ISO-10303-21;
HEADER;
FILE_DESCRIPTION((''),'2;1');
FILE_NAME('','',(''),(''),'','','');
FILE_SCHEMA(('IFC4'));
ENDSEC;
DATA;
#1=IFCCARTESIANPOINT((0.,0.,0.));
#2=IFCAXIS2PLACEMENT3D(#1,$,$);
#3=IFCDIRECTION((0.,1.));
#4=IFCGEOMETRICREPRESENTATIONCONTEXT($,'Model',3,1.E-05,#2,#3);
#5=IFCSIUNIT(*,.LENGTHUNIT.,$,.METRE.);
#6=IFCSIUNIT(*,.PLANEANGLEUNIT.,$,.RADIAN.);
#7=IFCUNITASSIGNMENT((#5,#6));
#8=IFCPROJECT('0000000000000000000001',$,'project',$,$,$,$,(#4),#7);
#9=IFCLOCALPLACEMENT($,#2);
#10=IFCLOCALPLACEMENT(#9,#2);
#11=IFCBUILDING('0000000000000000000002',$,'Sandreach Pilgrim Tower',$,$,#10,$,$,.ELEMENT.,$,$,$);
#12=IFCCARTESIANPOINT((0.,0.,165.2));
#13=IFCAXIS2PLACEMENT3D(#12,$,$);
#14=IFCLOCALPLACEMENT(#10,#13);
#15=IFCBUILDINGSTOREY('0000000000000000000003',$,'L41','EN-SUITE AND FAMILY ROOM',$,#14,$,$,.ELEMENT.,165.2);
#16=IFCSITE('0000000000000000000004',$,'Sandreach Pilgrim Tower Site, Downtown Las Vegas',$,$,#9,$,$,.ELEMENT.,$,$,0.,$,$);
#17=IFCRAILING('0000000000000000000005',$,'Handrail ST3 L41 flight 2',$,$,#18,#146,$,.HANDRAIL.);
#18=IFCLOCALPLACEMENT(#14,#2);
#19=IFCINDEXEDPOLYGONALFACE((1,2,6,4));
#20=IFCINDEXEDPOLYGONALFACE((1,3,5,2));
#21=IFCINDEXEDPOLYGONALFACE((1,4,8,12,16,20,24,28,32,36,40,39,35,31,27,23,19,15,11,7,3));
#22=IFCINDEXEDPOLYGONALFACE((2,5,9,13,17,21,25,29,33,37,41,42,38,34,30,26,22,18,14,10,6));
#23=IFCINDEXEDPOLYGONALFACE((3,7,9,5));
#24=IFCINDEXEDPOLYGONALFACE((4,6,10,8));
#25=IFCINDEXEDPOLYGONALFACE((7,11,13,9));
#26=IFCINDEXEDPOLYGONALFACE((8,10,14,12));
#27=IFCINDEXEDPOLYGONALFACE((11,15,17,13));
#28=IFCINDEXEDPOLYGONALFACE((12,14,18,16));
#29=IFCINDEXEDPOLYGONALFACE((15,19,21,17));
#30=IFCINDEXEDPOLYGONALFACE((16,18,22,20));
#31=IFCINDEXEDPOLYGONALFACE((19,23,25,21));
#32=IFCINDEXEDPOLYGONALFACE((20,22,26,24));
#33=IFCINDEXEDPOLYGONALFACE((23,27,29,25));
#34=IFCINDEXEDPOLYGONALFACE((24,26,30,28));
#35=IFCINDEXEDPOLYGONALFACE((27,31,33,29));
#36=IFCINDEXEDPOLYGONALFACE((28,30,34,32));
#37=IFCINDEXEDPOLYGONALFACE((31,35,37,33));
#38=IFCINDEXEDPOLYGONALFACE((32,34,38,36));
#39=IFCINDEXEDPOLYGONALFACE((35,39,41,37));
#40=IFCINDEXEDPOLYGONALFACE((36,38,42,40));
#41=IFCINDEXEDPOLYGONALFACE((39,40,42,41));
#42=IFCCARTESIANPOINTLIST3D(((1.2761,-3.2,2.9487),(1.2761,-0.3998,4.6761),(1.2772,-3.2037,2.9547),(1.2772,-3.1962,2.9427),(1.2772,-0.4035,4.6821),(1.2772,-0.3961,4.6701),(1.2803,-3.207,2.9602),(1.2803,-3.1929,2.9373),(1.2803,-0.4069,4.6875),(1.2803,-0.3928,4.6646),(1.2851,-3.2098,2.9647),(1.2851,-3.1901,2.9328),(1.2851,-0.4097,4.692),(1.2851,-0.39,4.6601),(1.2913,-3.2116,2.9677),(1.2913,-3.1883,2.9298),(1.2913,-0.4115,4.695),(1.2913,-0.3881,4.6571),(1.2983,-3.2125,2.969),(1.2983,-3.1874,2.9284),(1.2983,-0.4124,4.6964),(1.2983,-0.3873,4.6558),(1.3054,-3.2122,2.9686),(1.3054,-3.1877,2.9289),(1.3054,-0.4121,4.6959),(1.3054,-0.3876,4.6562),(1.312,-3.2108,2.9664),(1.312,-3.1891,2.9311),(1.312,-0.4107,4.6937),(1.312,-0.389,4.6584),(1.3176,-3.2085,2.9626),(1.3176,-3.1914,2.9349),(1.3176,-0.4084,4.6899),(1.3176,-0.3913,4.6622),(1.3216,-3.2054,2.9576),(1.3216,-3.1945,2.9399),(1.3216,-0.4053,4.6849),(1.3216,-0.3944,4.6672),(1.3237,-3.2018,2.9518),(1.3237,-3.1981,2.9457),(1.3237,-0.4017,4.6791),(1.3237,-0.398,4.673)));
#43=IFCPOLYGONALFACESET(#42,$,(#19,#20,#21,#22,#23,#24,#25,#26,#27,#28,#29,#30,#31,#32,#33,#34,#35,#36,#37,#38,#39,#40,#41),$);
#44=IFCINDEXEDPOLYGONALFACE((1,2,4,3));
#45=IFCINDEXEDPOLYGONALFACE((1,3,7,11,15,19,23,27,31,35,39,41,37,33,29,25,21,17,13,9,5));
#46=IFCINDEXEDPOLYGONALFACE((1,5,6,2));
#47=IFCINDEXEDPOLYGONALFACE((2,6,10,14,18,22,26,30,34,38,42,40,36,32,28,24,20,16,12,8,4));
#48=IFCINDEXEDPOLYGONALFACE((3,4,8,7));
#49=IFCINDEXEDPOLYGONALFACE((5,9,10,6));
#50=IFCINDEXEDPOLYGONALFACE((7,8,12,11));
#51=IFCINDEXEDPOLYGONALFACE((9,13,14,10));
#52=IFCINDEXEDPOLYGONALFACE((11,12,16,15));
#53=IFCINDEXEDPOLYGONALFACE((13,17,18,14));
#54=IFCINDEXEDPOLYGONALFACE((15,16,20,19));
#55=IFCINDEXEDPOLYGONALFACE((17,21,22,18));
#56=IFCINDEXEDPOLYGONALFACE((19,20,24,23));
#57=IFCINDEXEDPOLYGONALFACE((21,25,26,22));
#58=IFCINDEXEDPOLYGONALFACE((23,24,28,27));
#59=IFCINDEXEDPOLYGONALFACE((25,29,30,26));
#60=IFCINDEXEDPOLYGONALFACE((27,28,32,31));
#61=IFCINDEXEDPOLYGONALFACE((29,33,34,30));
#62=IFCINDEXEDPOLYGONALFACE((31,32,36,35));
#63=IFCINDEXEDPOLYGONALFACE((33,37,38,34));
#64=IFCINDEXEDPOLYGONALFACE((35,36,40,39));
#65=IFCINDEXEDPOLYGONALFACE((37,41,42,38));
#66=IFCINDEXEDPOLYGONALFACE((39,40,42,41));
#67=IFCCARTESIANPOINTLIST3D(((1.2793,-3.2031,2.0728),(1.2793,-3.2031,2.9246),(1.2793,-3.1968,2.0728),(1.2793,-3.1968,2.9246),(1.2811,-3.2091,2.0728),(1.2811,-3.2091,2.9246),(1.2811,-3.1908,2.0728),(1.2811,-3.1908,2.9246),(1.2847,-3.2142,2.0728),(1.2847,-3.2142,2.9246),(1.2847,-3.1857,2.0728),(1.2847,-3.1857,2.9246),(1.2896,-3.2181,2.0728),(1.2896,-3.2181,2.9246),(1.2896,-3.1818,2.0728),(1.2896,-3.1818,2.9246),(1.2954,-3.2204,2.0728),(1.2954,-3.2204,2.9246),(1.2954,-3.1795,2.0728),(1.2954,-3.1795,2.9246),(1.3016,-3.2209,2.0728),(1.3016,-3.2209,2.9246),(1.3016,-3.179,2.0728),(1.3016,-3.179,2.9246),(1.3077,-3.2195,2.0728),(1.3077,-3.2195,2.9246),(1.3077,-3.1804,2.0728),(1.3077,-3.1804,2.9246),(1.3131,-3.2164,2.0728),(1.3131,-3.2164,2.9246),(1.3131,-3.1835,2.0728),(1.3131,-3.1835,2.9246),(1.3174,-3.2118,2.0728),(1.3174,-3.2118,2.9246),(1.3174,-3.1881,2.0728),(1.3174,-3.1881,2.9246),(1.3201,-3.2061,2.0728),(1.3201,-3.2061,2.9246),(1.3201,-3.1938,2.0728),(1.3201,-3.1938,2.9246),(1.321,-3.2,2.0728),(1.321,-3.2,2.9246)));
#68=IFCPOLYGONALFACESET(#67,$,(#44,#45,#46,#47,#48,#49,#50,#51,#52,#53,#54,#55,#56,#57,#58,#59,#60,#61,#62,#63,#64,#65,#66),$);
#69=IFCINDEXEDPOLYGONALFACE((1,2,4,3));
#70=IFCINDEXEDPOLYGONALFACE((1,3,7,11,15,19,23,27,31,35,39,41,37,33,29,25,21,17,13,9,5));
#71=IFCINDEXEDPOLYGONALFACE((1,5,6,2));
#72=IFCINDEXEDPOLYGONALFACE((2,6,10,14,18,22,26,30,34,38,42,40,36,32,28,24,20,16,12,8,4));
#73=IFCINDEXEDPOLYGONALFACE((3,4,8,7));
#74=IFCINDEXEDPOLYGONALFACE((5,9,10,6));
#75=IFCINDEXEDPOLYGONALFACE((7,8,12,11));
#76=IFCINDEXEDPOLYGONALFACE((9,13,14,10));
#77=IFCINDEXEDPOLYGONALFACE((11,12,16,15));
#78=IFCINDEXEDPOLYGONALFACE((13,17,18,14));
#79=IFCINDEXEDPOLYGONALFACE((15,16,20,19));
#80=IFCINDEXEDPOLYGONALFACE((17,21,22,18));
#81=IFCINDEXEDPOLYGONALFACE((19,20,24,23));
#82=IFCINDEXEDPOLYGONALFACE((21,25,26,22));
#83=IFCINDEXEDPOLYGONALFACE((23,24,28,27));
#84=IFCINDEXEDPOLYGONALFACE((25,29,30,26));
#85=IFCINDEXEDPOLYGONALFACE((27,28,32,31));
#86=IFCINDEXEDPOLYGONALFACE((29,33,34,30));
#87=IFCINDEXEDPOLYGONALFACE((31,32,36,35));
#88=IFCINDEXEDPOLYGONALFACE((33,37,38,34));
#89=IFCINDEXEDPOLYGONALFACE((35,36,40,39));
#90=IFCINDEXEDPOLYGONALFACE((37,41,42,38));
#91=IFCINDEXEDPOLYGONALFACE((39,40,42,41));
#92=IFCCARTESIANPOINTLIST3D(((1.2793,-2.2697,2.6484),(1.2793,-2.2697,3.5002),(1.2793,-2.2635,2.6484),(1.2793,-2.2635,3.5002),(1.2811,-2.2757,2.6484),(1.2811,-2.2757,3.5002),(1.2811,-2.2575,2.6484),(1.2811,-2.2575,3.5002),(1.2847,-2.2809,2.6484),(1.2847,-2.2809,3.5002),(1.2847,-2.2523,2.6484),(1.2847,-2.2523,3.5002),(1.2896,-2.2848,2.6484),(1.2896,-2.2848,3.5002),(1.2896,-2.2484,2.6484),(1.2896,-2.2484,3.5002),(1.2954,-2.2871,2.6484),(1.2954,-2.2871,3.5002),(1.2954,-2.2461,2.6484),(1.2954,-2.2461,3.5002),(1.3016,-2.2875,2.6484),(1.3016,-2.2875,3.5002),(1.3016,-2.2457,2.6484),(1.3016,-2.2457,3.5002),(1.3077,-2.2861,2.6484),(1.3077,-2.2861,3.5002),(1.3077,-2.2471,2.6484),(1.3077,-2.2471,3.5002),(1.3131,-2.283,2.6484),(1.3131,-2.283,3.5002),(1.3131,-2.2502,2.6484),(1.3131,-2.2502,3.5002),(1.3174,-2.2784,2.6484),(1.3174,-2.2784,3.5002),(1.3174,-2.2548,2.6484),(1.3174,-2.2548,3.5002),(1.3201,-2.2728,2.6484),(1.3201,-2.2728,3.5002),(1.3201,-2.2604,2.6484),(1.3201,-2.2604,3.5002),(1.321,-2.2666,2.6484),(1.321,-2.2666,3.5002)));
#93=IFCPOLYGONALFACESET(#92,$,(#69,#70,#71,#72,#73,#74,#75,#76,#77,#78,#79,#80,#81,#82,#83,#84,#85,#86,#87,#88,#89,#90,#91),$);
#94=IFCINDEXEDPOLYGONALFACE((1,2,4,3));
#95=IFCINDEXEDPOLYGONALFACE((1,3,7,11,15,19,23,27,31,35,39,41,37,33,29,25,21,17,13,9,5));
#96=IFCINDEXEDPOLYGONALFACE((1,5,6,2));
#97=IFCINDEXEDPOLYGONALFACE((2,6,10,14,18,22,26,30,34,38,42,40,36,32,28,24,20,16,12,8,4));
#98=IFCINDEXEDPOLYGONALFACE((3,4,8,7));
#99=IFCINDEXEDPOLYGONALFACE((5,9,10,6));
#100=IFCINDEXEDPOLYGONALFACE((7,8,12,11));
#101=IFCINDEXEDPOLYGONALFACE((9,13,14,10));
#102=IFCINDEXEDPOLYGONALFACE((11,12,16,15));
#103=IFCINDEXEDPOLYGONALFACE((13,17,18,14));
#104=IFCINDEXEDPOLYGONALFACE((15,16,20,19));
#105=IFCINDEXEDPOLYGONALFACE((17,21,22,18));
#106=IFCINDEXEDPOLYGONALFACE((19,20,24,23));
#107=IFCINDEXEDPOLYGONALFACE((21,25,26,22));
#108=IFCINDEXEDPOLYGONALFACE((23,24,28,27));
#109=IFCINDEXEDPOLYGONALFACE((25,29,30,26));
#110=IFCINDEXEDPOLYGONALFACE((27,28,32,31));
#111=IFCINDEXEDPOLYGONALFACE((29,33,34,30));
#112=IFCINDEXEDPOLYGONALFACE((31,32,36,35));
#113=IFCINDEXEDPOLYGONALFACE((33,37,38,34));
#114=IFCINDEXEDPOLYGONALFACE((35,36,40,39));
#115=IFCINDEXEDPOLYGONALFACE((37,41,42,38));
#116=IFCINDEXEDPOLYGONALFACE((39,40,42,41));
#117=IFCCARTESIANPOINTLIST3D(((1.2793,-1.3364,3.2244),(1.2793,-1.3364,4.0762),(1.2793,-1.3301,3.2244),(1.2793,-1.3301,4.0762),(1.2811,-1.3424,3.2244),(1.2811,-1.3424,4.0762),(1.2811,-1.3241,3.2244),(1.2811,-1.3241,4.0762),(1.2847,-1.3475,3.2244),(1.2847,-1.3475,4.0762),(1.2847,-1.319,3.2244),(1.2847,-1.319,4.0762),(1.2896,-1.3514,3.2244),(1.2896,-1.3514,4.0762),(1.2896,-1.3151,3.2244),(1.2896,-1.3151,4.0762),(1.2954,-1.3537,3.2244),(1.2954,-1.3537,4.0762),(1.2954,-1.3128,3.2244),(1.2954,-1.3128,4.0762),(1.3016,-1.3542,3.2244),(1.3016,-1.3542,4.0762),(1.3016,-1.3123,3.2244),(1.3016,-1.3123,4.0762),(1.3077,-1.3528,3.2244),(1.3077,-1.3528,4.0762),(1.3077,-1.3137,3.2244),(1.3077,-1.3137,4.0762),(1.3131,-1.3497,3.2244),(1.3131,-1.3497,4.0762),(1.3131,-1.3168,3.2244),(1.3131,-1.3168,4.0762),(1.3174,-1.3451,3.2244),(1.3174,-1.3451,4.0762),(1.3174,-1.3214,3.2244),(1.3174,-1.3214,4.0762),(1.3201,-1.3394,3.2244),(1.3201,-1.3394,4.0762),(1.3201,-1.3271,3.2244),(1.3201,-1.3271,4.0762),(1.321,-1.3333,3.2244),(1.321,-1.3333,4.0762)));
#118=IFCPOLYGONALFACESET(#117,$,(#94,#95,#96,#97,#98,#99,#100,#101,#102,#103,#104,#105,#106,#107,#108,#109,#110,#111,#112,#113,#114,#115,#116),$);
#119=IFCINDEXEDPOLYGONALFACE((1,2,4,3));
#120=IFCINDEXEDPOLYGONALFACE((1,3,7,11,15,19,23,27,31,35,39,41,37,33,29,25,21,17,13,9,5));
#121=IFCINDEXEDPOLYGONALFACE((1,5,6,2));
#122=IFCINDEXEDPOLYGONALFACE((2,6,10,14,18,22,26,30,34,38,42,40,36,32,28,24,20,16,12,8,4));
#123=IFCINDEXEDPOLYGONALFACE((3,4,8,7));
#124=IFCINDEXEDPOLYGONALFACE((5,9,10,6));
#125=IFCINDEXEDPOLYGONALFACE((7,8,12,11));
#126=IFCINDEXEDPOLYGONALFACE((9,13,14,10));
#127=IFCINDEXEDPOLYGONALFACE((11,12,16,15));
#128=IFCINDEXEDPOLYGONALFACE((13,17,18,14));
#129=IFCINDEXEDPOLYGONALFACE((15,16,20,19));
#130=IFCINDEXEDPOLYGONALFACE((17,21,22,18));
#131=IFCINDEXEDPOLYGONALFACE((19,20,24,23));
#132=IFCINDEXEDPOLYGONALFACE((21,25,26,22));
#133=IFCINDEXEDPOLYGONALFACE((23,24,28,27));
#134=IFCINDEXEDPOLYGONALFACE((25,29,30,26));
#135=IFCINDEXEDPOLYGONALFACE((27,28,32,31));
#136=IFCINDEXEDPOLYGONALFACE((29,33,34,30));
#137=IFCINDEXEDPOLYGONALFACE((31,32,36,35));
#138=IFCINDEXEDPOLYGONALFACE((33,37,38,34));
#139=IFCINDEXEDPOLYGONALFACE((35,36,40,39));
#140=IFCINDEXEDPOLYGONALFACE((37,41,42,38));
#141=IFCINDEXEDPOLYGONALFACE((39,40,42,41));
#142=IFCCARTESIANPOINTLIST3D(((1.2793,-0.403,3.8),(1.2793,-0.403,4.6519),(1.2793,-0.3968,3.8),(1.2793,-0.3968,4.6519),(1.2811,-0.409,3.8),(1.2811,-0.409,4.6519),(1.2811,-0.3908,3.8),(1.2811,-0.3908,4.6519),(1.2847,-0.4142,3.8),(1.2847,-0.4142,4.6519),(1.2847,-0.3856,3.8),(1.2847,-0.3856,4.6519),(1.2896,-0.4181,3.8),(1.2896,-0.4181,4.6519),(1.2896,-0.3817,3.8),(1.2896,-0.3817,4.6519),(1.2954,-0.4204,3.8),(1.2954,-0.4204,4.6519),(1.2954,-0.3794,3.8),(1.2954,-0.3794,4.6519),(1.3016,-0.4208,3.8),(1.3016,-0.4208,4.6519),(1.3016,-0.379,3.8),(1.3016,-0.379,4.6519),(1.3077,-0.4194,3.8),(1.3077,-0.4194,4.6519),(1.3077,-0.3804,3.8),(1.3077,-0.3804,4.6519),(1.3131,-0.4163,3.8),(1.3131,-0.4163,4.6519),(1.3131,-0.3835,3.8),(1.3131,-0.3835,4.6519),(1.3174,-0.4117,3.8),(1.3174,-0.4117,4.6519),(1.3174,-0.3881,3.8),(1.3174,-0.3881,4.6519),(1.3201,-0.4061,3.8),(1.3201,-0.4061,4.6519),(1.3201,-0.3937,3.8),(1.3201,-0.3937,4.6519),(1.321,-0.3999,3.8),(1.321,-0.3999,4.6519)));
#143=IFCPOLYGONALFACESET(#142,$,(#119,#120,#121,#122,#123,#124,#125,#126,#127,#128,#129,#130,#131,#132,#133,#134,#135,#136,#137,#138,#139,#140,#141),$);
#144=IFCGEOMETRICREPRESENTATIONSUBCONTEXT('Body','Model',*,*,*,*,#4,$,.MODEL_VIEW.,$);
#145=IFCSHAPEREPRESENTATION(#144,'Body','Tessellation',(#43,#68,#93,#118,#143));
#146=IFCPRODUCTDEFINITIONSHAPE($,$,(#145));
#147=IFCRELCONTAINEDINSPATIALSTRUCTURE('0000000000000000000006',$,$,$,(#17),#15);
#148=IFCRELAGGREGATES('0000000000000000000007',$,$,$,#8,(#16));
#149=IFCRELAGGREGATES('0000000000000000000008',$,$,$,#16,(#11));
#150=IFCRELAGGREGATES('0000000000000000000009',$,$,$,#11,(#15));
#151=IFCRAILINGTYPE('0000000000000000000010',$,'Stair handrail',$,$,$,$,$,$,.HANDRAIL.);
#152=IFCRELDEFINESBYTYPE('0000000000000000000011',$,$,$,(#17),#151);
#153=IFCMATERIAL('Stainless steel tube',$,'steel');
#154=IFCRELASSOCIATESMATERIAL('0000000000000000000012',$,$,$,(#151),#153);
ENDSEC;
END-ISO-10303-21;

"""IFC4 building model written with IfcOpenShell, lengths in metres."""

from ifc_helpers import new_model, si_unit, direction, frame, origin, origin_2d, place, context, subcontext, project, spatial, circle, extrude, material, type_object, element, save


model = new_model("IFC4")

# Units and contexts
model_context = context("Model", 3, precision=1e-05, world=origin(), true_north=direction((0.0, 1.0)))
body_context = subcontext(model_context, "Body", "Model", "MODEL_VIEW")
ifc_project = project(units=[si_unit("LENGTHUNIT", "METRE"), si_unit("PLANEANGLEUNIT", "RADIAN")], contexts=[model_context])

# Site, building, storey
site_placement = place(None, origin())
site = spatial("IfcSite", under=ifc_project, at=site_placement, Name="Sandreach Pilgrim Tower Site, Downtown Las Vegas", CompositionType="ELEMENT", RefElevation=0.0)
building_placement = place(site_placement, origin())
building = spatial("IfcBuilding", under=site, at=building_placement, Name="Sandreach Pilgrim Tower", CompositionType="ELEMENT")
storey_placement = place(building_placement, frame((0.0, 0.0, 165.2)))
storey = spatial("IfcBuildingStorey", under=building, at=storey_placement, Name="L41", Description="EN-SUITE AND FAMILY ROOM", CompositionType="ELEMENT", Elevation=165.2)

# Railing
ifc_material_1 = material(Name="Stainless steel tube", Category="steel")
railing_type = type_object("IfcRailingType", Name="Stair handrail", PredefinedType="HANDRAIL", material=ifc_material_1)
for number, where, name in (
    (1, (1.3, -3.2, 2.0728), "Handrail ST3 L41 flight 2"),
):
    element("IfcRailing", number, at=place(storey_placement, frame(where)), inside=storey, type_object=railing_type, Name=name, PredefinedType="HANDRAIL", context=body_context, shape_type="SweptSolid", body=[
        extrude(circle(Radius=0.0239, at=origin_2d()), frame((0.0, 0.0, 0.876), z_axis=(0.0, 0.85109, 0.52502), x_axis=(-1.0, 0.0, 0.0)), (0.0, 0.0, 1.0), 3.29),
        extrude(circle(Radius=0.021, at=origin_2d()), origin(), (0.0, 0.0, 1.0), 0.8518),
        extrude(circle(Radius=0.021, at=origin_2d()), frame((0.0, 0.9333, 0.5757)), (0.0, 0.0, 1.0), 0.8518),
        extrude(circle(Radius=0.021, at=origin_2d()), frame((0.0, 1.8667, 1.1516)), (0.0, 0.0, 1.0), 0.8518),
        extrude(circle(Radius=0.021, at=origin_2d()), frame((0.0, 2.8, 1.7273)), (0.0, 0.0, 1.0), 0.8518),
    ])

save(model, "model.ifc")
